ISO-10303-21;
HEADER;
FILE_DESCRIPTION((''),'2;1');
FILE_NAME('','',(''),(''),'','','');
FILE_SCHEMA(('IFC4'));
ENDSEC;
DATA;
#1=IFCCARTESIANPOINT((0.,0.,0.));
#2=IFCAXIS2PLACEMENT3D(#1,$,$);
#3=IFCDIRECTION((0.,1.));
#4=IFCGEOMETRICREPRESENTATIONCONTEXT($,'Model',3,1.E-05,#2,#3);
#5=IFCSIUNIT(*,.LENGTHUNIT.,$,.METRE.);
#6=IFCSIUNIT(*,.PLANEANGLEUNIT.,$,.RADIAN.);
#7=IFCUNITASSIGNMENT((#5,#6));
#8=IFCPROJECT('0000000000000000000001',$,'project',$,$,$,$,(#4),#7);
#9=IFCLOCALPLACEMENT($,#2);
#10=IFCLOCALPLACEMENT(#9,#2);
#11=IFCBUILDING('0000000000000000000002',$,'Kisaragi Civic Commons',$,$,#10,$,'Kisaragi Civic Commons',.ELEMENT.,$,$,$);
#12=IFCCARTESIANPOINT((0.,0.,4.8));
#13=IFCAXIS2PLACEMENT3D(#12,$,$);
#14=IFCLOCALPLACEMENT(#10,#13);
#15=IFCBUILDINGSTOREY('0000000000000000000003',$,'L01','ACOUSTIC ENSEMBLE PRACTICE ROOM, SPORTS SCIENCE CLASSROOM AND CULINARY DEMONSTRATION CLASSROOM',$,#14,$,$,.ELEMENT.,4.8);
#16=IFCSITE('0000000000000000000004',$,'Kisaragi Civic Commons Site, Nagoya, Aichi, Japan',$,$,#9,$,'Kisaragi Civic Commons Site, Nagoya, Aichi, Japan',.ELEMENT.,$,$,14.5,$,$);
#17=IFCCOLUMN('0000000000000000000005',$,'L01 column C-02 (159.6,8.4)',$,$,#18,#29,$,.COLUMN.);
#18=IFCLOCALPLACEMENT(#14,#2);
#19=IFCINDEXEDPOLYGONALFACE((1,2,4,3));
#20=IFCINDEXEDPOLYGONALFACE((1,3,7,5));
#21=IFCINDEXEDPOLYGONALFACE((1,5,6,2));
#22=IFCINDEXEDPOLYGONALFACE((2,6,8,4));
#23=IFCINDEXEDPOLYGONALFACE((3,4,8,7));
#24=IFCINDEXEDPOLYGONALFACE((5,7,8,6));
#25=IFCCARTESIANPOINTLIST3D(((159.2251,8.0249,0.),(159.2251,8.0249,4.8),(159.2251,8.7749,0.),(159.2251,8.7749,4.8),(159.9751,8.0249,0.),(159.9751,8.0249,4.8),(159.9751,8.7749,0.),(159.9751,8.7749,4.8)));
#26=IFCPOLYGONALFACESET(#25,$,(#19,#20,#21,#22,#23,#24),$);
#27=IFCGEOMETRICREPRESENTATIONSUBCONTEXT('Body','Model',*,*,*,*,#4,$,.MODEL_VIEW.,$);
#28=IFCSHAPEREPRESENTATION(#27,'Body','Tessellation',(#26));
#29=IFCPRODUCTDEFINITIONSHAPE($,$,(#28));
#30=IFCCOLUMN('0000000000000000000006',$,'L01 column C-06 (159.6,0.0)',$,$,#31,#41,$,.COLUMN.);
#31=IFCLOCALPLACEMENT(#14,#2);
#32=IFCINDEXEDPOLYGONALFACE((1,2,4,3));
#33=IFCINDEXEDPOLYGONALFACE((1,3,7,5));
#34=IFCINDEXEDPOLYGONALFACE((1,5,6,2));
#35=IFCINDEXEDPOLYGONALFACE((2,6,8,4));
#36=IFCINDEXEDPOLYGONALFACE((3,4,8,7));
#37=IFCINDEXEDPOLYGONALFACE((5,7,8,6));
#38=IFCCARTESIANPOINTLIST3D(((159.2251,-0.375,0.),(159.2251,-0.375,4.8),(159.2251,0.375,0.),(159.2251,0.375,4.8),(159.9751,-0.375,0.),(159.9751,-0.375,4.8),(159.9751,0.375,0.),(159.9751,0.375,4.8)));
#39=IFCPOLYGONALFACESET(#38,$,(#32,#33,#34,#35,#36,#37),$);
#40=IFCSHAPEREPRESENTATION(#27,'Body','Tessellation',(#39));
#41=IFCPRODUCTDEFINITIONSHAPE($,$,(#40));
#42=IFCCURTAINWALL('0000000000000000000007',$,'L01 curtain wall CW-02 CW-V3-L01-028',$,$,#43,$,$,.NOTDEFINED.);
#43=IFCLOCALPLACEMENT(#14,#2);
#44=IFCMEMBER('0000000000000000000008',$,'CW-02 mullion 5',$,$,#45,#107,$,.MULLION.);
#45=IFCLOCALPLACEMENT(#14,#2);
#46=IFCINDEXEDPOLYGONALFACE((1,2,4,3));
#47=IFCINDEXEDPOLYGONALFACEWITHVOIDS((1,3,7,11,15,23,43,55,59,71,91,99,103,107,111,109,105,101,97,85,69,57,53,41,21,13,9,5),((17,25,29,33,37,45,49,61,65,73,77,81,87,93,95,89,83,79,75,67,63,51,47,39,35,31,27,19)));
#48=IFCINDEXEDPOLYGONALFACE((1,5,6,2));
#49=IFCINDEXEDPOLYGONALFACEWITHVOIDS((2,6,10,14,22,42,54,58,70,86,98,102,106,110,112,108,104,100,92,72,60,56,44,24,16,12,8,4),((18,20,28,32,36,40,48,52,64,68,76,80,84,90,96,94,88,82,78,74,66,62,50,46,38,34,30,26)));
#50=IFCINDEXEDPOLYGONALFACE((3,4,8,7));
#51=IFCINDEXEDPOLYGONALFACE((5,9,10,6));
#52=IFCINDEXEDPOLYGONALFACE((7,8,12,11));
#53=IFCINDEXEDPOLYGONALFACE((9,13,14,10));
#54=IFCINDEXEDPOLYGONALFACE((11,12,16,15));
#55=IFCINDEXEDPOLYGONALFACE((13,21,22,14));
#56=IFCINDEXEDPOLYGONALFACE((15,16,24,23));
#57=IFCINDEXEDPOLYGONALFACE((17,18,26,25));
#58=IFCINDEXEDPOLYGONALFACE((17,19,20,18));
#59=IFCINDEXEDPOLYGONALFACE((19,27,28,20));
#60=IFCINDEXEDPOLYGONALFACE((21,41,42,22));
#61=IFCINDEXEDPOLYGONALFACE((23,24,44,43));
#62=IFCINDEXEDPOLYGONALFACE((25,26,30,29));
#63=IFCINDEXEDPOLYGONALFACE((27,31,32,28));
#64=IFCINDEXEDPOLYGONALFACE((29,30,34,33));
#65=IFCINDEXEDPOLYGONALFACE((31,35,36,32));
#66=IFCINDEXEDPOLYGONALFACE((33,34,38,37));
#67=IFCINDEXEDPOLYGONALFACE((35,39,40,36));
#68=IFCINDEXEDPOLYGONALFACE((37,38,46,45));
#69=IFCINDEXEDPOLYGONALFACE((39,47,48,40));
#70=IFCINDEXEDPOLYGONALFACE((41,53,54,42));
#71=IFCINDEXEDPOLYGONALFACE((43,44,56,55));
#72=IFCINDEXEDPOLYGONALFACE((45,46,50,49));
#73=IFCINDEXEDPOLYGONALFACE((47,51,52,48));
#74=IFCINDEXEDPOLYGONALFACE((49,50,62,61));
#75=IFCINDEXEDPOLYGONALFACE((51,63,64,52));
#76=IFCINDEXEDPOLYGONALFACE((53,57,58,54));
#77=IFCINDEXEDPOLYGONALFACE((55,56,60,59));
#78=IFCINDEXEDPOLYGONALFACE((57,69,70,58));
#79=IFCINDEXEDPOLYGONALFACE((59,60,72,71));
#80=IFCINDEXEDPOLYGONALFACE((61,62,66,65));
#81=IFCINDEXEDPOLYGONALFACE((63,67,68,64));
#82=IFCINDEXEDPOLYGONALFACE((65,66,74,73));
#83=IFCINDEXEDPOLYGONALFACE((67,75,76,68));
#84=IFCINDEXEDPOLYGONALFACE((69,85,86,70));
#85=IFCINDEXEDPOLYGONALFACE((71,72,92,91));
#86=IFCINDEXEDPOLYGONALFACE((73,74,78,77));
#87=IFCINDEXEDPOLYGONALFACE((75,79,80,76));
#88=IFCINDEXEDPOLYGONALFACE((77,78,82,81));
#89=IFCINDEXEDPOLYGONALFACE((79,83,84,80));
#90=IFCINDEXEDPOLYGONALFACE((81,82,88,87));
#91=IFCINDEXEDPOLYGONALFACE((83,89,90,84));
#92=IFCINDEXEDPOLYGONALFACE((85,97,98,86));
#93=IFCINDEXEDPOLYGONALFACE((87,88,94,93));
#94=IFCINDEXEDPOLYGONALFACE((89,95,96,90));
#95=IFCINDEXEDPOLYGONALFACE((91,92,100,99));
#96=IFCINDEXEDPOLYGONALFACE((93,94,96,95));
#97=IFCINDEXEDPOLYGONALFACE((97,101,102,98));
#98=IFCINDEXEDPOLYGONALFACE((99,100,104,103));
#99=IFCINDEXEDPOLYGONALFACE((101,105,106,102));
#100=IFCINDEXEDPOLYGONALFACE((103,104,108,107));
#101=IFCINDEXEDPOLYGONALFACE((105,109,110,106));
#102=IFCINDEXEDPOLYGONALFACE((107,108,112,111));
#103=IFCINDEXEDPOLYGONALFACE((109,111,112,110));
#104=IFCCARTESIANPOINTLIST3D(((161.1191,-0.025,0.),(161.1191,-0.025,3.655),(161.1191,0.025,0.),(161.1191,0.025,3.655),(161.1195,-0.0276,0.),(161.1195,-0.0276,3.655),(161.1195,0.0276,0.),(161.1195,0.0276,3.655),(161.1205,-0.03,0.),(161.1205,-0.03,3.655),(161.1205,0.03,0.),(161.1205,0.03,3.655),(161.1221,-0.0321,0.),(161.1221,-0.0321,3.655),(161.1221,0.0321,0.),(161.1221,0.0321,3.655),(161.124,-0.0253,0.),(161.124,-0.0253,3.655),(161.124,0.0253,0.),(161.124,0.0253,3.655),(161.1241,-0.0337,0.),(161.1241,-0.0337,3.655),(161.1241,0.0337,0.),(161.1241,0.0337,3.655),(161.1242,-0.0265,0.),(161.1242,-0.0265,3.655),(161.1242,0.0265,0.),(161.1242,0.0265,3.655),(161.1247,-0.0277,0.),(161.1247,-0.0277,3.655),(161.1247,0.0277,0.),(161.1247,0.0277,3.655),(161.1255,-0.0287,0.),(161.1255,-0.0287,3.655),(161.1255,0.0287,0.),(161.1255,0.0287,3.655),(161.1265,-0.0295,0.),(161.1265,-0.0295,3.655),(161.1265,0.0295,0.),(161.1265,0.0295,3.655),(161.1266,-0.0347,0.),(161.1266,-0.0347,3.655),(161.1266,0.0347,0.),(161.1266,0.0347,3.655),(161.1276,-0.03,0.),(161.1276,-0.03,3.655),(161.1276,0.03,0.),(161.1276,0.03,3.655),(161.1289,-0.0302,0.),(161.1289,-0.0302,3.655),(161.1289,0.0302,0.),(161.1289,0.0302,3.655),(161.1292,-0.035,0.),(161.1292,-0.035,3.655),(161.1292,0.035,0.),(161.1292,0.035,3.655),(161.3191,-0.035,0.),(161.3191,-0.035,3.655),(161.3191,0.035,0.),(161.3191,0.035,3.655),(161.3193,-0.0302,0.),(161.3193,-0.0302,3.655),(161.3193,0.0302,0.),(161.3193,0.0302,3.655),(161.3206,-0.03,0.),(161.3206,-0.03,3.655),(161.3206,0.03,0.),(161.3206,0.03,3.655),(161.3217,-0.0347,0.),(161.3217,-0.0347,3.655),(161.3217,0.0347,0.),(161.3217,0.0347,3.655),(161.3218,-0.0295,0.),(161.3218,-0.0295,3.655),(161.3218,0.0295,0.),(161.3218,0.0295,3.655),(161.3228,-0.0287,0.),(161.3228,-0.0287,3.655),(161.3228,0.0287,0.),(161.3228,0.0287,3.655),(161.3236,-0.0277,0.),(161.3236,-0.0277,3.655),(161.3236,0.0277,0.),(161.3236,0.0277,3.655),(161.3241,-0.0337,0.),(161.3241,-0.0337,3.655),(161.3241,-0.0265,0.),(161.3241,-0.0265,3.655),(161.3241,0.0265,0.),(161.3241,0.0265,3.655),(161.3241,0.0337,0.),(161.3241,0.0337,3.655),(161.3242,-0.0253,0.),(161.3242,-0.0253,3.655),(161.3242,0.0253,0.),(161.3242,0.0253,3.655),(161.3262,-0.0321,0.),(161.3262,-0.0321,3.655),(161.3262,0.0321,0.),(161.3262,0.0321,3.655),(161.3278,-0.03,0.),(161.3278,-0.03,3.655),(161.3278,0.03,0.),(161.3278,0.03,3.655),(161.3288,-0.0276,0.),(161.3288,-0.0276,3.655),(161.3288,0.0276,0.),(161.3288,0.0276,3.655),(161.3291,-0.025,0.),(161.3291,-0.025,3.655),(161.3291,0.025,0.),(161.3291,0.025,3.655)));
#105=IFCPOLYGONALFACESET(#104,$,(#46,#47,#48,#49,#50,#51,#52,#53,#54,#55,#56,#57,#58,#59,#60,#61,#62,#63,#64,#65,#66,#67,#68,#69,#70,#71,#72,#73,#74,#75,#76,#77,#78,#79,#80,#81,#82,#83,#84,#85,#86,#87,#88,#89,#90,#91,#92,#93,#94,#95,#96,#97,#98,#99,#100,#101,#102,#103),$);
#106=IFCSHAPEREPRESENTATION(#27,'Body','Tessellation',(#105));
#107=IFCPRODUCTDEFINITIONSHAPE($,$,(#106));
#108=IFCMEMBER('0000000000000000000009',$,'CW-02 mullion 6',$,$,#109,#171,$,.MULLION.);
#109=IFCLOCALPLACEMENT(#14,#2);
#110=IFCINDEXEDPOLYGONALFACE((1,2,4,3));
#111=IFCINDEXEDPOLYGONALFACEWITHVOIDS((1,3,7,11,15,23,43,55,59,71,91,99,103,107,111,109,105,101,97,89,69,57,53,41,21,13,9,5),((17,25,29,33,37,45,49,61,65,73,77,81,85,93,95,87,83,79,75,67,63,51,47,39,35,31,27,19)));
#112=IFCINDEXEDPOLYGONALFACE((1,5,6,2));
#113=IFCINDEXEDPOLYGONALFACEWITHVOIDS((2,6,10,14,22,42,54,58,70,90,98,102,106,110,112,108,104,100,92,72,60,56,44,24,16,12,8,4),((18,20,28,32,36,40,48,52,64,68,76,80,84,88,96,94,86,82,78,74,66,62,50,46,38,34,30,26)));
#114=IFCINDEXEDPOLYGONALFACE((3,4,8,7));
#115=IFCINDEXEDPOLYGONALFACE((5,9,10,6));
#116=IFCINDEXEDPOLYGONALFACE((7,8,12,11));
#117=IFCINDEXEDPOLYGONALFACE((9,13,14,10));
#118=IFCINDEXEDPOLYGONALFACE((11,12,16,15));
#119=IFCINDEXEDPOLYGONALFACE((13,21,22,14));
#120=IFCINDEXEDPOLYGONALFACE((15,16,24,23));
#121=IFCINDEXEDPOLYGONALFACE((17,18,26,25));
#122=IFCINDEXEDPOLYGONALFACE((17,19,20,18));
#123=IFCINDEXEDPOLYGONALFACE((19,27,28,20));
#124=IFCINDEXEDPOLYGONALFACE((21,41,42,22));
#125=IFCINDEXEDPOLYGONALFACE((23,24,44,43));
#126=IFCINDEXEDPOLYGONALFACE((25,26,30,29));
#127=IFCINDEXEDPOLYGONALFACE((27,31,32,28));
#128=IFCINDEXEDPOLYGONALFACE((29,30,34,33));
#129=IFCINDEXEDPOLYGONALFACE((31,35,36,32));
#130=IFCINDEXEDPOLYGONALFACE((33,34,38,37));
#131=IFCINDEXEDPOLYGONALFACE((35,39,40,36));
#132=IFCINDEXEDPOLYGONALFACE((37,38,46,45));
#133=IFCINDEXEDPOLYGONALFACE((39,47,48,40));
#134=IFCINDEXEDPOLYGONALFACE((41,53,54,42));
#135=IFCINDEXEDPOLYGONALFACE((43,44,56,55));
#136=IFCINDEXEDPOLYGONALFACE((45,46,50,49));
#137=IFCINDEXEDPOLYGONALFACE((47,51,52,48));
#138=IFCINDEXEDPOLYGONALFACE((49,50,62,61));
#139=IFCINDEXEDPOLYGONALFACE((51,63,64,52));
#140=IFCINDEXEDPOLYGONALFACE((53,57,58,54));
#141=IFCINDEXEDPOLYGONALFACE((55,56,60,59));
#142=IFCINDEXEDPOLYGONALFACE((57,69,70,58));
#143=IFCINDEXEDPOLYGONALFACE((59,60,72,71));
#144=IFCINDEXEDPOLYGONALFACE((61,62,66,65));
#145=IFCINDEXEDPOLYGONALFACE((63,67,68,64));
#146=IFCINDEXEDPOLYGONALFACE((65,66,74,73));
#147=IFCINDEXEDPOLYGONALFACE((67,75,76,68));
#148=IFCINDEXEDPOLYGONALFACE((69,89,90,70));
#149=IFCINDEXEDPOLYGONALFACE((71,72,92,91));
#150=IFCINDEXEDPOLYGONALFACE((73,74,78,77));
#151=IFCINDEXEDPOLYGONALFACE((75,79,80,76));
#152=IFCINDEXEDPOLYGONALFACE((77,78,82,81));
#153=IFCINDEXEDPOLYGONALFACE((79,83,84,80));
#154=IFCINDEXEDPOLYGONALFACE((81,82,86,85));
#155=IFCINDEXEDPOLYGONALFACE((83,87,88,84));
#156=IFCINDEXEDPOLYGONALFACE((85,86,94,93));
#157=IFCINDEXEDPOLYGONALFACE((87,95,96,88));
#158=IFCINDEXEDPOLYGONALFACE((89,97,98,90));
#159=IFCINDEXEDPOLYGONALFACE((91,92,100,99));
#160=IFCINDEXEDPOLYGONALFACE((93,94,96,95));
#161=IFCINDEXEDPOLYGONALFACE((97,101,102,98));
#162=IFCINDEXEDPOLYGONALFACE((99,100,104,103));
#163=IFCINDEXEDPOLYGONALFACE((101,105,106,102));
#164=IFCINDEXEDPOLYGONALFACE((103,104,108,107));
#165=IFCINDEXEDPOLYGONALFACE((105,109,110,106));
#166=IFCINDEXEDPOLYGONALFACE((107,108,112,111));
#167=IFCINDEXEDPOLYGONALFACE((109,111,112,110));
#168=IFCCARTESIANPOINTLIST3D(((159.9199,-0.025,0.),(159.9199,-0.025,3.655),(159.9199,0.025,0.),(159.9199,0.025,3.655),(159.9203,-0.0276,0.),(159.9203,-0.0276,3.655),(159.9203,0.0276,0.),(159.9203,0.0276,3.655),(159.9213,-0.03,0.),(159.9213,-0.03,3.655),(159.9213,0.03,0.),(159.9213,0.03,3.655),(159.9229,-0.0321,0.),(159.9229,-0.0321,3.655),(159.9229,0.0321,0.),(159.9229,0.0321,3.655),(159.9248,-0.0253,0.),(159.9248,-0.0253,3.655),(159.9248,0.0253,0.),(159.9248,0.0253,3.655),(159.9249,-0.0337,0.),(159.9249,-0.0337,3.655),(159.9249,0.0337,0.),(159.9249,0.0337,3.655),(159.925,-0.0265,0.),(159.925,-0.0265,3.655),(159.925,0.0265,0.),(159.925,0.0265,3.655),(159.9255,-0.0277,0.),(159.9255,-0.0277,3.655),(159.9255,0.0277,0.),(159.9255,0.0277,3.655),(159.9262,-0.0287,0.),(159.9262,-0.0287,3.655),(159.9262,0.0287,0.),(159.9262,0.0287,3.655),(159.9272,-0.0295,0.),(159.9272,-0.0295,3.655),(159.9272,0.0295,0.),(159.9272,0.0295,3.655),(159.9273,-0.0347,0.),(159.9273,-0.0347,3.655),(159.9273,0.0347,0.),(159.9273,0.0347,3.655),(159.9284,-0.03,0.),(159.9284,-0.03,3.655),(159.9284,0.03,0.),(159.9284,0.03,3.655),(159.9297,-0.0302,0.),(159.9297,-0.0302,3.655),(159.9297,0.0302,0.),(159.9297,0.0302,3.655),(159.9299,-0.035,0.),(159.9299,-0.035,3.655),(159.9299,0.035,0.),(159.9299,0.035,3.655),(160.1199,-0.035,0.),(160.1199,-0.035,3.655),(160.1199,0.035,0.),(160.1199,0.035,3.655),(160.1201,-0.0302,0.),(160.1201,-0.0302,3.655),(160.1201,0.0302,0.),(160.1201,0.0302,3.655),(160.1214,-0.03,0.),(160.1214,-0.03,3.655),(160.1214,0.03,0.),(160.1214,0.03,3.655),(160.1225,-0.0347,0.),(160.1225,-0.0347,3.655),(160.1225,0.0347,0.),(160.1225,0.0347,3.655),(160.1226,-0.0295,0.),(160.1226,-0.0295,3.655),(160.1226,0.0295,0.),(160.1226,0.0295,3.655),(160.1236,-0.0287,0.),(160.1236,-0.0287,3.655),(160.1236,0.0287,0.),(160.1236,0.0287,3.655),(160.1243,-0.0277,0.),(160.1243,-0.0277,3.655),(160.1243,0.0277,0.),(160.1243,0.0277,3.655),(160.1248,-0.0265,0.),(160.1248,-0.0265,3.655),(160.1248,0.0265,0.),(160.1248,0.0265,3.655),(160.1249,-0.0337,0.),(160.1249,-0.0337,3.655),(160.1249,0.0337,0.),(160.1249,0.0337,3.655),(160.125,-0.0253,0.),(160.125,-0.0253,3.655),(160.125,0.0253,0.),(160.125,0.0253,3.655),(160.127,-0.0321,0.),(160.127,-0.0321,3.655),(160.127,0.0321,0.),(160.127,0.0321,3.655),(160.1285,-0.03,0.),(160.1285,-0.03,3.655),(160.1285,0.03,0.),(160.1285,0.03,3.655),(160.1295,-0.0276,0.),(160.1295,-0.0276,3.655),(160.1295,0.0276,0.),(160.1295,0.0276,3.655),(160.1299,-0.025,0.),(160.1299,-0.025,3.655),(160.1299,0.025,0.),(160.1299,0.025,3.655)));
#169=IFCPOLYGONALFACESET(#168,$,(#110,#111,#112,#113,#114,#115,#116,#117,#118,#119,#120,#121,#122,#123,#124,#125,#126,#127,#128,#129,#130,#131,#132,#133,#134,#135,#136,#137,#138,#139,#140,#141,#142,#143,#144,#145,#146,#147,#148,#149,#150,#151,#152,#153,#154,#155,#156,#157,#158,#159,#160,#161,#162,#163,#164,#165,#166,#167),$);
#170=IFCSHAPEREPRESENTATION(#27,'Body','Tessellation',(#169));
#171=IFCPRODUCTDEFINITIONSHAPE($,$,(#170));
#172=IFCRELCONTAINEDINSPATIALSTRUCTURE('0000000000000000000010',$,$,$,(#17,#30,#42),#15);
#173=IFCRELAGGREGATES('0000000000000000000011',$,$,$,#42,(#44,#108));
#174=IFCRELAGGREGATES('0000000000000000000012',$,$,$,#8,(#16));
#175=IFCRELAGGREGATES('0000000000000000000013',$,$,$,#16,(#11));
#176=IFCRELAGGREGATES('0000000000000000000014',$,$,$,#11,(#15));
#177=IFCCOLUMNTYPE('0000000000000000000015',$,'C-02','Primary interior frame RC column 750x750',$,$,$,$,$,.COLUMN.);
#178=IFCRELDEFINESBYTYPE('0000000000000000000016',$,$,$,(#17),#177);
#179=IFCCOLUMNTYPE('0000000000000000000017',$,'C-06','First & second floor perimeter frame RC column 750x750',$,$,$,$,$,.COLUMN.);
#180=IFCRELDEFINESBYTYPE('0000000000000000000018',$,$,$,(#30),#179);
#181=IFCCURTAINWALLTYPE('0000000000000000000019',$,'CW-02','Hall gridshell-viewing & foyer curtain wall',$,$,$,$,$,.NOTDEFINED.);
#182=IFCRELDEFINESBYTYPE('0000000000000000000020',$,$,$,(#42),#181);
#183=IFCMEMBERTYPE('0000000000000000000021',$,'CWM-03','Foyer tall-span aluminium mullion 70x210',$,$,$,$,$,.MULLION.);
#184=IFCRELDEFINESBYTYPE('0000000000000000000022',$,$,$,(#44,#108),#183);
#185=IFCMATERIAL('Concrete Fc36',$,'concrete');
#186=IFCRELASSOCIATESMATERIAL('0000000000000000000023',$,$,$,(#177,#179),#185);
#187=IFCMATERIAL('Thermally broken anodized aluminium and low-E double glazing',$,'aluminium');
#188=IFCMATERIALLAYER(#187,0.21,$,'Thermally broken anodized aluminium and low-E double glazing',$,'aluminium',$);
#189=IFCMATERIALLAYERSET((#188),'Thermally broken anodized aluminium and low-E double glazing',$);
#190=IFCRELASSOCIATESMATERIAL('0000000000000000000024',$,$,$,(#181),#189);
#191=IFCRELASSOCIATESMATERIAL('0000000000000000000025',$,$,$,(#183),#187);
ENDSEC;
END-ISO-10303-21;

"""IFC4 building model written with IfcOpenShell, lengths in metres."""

from ifc_helpers import new_model, si_unit, direction, frame, origin, origin_2d, place, context, subcontext, project, spatial, rectangle, hollow_rectangle, extrude, material, layer, layer_set, material_profile, profile_set, type_object, element, aggregate, save


model = new_model("IFC4")

# Units and contexts
model_context = context("Model", 3, precision=1e-05, world=origin(), true_north=direction((0.0, 1.0)))
body_context = subcontext(model_context, "Body", "Model", "MODEL_VIEW")
ifc_project = project(units=[si_unit("LENGTHUNIT", "METRE"), si_unit("PLANEANGLEUNIT", "RADIAN")], contexts=[model_context])

# Site, building, storey
site_placement = place(None, origin())
site = spatial("IfcSite", under=ifc_project, at=site_placement, Name="Kisaragi Civic Commons Site, Nagoya, Aichi, Japan", LongName="Kisaragi Civic Commons Site, Nagoya, Aichi, Japan", CompositionType="ELEMENT", RefElevation=14.5)
building_placement = place(site_placement, origin())
building = spatial("IfcBuilding", under=site, at=building_placement, Name="Kisaragi Civic Commons", LongName="Kisaragi Civic Commons", CompositionType="ELEMENT")
storey_placement = place(building_placement, frame((0.0, 0.0, 4.8)))
storey = spatial("IfcBuildingStorey", under=building, at=storey_placement, Name="L01", Description="ACOUSTIC ENSEMBLE PRACTICE ROOM, SPORTS SCIENCE CLASSROOM AND CULINARY DEMONSTRATION CLASSROOM", CompositionType="ELEMENT", Elevation=4.8)

# Columns
ifc_material_1 = material(Name="Concrete Fc36", Category="concrete")
ifc_material_profile_1 = material_profile(ifc_material_1, rectangle(XDim=0.75, YDim=0.75, at=origin_2d()), Name="RC-750x750", Category="concrete")
ifc_profile_set_1 = profile_set([ifc_material_profile_1], Name="Concrete Fc36")
column_type_1 = type_object("IfcColumnType", Name="C-02", Description="Primary interior frame RC column 750x750", PredefinedType="COLUMN", material=ifc_profile_set_1)
column_1_placement = place(storey_placement, frame((159.6001, 8.3999, 0.0), z_axis=(0.0, 0.0, 1.0), x_axis=(1.0, 0.0, 0.0)))
element("IfcColumn", 1, at=column_1_placement, inside=storey, type_object=column_type_1, Name="L01 column C-02 (159.6,8.4)", PredefinedType="COLUMN", context=body_context, shape_type="SweptSolid", body=[
    extrude(rectangle(XDim=0.75, YDim=0.75, at=origin_2d()), origin(), (0.0, 0.0, 1.0), 4.8),
])
ifc_material_profile_2 = material_profile(ifc_material_1, rectangle(XDim=0.75, YDim=0.75, at=origin_2d()), Name="RC-750x750", Category="concrete")
ifc_profile_set_2 = profile_set([ifc_material_profile_2], Name="Concrete Fc36")
column_type_2 = type_object("IfcColumnType", Name="C-06", Description="First & second floor perimeter frame RC column 750x750", PredefinedType="COLUMN", material=ifc_profile_set_2)
column_2_placement = place(storey_placement, frame((159.6001, 0.0, 0.0), z_axis=(0.0, 0.0, 1.0), x_axis=(1.0, 0.0, 0.0)))
element("IfcColumn", 2, at=column_2_placement, inside=storey, type_object=column_type_2, Name="L01 column C-06 (159.6,0.0)", PredefinedType="COLUMN", context=body_context, shape_type="SweptSolid", body=[
    extrude(rectangle(XDim=0.75, YDim=0.75, at=origin_2d()), origin(), (0.0, 0.0, 1.0), 4.8),
])

# Curtain wall, members
ifc_material_2 = material(Name="Thermally broken anodized aluminium and low-E double glazing", Category="aluminium")
ifc_layer_1 = layer(ifc_material_2, 0.21, Name="Thermally broken anodized aluminium and low-E double glazing", Category="aluminium")
ifc_layer_set_1 = layer_set([ifc_layer_1], Name="Thermally broken anodized aluminium and low-E double glazing")
curtain_wall_type = type_object("IfcCurtainWallType", Name="CW-02", Description="Hall gridshell-viewing & foyer curtain wall", PredefinedType="NOTDEFINED", material=ifc_layer_set_1)
curtain_wall_1_placement = place(storey_placement, origin())
curtain_wall_1 = element("IfcCurtainWall", 3, at=curtain_wall_1_placement, inside=storey, type_object=curtain_wall_type, Name="L01 curtain wall CW-02 CW-V3-L01-028", PredefinedType="NOTDEFINED")
ifc_material_profile_3 = material_profile(ifc_material_2, hollow_rectangle(XDim=0.0701, YDim=0.21, WallThickness=0.0049, InnerFilletRadius=0.0049, OuterFilletRadius=0.01, at=origin_2d()), Name="CWM-70x210x5", Category="aluminium")
ifc_profile_set_3 = profile_set([ifc_material_profile_3], Name="Thermally broken anodized aluminium and low-E double glazing")
member_type_1 = type_object("IfcMemberType", Name="CWM-03", Description="Foyer tall-span aluminium mullion 70x210", PredefinedType="MULLION", material=ifc_profile_set_3)
member_1_placement = place(storey_placement, frame((161.2241, 0.0, 0.0), z_axis=(0.0, 0.0, 1.0), x_axis=(0.0, -1.0, 0.0)))
member_1 = element("IfcMember", 4, at=member_1_placement, type_object=member_type_1, Name="CW-02 mullion 5", PredefinedType="MULLION", context=body_context, shape_type="SweptSolid", body=[
    extrude(hollow_rectangle(XDim=0.0701, YDim=0.21, WallThickness=0.0049, InnerFilletRadius=0.0049, OuterFilletRadius=0.01, at=origin_2d()), origin(), (0.0, 0.0, 1.0), 3.655),
])
member_2_placement = place(storey_placement, frame((160.0249, 0.0, 0.0), z_axis=(0.0, 0.0, 1.0), x_axis=(0.0, -1.0, 0.0)))
member_2 = element("IfcMember", 5, at=member_2_placement, type_object=member_type_1, Name="CW-02 mullion 6", PredefinedType="MULLION", context=body_context, shape_type="SweptSolid", body=[
    extrude(hollow_rectangle(XDim=0.0701, YDim=0.21, WallThickness=0.0049, InnerFilletRadius=0.0049, OuterFilletRadius=0.01, at=origin_2d()), origin(), (0.0, 0.0, 1.0), 3.655),
])

aggregate(curtain_wall_1, [member_1, member_2])

save(model, "model.ifc")
